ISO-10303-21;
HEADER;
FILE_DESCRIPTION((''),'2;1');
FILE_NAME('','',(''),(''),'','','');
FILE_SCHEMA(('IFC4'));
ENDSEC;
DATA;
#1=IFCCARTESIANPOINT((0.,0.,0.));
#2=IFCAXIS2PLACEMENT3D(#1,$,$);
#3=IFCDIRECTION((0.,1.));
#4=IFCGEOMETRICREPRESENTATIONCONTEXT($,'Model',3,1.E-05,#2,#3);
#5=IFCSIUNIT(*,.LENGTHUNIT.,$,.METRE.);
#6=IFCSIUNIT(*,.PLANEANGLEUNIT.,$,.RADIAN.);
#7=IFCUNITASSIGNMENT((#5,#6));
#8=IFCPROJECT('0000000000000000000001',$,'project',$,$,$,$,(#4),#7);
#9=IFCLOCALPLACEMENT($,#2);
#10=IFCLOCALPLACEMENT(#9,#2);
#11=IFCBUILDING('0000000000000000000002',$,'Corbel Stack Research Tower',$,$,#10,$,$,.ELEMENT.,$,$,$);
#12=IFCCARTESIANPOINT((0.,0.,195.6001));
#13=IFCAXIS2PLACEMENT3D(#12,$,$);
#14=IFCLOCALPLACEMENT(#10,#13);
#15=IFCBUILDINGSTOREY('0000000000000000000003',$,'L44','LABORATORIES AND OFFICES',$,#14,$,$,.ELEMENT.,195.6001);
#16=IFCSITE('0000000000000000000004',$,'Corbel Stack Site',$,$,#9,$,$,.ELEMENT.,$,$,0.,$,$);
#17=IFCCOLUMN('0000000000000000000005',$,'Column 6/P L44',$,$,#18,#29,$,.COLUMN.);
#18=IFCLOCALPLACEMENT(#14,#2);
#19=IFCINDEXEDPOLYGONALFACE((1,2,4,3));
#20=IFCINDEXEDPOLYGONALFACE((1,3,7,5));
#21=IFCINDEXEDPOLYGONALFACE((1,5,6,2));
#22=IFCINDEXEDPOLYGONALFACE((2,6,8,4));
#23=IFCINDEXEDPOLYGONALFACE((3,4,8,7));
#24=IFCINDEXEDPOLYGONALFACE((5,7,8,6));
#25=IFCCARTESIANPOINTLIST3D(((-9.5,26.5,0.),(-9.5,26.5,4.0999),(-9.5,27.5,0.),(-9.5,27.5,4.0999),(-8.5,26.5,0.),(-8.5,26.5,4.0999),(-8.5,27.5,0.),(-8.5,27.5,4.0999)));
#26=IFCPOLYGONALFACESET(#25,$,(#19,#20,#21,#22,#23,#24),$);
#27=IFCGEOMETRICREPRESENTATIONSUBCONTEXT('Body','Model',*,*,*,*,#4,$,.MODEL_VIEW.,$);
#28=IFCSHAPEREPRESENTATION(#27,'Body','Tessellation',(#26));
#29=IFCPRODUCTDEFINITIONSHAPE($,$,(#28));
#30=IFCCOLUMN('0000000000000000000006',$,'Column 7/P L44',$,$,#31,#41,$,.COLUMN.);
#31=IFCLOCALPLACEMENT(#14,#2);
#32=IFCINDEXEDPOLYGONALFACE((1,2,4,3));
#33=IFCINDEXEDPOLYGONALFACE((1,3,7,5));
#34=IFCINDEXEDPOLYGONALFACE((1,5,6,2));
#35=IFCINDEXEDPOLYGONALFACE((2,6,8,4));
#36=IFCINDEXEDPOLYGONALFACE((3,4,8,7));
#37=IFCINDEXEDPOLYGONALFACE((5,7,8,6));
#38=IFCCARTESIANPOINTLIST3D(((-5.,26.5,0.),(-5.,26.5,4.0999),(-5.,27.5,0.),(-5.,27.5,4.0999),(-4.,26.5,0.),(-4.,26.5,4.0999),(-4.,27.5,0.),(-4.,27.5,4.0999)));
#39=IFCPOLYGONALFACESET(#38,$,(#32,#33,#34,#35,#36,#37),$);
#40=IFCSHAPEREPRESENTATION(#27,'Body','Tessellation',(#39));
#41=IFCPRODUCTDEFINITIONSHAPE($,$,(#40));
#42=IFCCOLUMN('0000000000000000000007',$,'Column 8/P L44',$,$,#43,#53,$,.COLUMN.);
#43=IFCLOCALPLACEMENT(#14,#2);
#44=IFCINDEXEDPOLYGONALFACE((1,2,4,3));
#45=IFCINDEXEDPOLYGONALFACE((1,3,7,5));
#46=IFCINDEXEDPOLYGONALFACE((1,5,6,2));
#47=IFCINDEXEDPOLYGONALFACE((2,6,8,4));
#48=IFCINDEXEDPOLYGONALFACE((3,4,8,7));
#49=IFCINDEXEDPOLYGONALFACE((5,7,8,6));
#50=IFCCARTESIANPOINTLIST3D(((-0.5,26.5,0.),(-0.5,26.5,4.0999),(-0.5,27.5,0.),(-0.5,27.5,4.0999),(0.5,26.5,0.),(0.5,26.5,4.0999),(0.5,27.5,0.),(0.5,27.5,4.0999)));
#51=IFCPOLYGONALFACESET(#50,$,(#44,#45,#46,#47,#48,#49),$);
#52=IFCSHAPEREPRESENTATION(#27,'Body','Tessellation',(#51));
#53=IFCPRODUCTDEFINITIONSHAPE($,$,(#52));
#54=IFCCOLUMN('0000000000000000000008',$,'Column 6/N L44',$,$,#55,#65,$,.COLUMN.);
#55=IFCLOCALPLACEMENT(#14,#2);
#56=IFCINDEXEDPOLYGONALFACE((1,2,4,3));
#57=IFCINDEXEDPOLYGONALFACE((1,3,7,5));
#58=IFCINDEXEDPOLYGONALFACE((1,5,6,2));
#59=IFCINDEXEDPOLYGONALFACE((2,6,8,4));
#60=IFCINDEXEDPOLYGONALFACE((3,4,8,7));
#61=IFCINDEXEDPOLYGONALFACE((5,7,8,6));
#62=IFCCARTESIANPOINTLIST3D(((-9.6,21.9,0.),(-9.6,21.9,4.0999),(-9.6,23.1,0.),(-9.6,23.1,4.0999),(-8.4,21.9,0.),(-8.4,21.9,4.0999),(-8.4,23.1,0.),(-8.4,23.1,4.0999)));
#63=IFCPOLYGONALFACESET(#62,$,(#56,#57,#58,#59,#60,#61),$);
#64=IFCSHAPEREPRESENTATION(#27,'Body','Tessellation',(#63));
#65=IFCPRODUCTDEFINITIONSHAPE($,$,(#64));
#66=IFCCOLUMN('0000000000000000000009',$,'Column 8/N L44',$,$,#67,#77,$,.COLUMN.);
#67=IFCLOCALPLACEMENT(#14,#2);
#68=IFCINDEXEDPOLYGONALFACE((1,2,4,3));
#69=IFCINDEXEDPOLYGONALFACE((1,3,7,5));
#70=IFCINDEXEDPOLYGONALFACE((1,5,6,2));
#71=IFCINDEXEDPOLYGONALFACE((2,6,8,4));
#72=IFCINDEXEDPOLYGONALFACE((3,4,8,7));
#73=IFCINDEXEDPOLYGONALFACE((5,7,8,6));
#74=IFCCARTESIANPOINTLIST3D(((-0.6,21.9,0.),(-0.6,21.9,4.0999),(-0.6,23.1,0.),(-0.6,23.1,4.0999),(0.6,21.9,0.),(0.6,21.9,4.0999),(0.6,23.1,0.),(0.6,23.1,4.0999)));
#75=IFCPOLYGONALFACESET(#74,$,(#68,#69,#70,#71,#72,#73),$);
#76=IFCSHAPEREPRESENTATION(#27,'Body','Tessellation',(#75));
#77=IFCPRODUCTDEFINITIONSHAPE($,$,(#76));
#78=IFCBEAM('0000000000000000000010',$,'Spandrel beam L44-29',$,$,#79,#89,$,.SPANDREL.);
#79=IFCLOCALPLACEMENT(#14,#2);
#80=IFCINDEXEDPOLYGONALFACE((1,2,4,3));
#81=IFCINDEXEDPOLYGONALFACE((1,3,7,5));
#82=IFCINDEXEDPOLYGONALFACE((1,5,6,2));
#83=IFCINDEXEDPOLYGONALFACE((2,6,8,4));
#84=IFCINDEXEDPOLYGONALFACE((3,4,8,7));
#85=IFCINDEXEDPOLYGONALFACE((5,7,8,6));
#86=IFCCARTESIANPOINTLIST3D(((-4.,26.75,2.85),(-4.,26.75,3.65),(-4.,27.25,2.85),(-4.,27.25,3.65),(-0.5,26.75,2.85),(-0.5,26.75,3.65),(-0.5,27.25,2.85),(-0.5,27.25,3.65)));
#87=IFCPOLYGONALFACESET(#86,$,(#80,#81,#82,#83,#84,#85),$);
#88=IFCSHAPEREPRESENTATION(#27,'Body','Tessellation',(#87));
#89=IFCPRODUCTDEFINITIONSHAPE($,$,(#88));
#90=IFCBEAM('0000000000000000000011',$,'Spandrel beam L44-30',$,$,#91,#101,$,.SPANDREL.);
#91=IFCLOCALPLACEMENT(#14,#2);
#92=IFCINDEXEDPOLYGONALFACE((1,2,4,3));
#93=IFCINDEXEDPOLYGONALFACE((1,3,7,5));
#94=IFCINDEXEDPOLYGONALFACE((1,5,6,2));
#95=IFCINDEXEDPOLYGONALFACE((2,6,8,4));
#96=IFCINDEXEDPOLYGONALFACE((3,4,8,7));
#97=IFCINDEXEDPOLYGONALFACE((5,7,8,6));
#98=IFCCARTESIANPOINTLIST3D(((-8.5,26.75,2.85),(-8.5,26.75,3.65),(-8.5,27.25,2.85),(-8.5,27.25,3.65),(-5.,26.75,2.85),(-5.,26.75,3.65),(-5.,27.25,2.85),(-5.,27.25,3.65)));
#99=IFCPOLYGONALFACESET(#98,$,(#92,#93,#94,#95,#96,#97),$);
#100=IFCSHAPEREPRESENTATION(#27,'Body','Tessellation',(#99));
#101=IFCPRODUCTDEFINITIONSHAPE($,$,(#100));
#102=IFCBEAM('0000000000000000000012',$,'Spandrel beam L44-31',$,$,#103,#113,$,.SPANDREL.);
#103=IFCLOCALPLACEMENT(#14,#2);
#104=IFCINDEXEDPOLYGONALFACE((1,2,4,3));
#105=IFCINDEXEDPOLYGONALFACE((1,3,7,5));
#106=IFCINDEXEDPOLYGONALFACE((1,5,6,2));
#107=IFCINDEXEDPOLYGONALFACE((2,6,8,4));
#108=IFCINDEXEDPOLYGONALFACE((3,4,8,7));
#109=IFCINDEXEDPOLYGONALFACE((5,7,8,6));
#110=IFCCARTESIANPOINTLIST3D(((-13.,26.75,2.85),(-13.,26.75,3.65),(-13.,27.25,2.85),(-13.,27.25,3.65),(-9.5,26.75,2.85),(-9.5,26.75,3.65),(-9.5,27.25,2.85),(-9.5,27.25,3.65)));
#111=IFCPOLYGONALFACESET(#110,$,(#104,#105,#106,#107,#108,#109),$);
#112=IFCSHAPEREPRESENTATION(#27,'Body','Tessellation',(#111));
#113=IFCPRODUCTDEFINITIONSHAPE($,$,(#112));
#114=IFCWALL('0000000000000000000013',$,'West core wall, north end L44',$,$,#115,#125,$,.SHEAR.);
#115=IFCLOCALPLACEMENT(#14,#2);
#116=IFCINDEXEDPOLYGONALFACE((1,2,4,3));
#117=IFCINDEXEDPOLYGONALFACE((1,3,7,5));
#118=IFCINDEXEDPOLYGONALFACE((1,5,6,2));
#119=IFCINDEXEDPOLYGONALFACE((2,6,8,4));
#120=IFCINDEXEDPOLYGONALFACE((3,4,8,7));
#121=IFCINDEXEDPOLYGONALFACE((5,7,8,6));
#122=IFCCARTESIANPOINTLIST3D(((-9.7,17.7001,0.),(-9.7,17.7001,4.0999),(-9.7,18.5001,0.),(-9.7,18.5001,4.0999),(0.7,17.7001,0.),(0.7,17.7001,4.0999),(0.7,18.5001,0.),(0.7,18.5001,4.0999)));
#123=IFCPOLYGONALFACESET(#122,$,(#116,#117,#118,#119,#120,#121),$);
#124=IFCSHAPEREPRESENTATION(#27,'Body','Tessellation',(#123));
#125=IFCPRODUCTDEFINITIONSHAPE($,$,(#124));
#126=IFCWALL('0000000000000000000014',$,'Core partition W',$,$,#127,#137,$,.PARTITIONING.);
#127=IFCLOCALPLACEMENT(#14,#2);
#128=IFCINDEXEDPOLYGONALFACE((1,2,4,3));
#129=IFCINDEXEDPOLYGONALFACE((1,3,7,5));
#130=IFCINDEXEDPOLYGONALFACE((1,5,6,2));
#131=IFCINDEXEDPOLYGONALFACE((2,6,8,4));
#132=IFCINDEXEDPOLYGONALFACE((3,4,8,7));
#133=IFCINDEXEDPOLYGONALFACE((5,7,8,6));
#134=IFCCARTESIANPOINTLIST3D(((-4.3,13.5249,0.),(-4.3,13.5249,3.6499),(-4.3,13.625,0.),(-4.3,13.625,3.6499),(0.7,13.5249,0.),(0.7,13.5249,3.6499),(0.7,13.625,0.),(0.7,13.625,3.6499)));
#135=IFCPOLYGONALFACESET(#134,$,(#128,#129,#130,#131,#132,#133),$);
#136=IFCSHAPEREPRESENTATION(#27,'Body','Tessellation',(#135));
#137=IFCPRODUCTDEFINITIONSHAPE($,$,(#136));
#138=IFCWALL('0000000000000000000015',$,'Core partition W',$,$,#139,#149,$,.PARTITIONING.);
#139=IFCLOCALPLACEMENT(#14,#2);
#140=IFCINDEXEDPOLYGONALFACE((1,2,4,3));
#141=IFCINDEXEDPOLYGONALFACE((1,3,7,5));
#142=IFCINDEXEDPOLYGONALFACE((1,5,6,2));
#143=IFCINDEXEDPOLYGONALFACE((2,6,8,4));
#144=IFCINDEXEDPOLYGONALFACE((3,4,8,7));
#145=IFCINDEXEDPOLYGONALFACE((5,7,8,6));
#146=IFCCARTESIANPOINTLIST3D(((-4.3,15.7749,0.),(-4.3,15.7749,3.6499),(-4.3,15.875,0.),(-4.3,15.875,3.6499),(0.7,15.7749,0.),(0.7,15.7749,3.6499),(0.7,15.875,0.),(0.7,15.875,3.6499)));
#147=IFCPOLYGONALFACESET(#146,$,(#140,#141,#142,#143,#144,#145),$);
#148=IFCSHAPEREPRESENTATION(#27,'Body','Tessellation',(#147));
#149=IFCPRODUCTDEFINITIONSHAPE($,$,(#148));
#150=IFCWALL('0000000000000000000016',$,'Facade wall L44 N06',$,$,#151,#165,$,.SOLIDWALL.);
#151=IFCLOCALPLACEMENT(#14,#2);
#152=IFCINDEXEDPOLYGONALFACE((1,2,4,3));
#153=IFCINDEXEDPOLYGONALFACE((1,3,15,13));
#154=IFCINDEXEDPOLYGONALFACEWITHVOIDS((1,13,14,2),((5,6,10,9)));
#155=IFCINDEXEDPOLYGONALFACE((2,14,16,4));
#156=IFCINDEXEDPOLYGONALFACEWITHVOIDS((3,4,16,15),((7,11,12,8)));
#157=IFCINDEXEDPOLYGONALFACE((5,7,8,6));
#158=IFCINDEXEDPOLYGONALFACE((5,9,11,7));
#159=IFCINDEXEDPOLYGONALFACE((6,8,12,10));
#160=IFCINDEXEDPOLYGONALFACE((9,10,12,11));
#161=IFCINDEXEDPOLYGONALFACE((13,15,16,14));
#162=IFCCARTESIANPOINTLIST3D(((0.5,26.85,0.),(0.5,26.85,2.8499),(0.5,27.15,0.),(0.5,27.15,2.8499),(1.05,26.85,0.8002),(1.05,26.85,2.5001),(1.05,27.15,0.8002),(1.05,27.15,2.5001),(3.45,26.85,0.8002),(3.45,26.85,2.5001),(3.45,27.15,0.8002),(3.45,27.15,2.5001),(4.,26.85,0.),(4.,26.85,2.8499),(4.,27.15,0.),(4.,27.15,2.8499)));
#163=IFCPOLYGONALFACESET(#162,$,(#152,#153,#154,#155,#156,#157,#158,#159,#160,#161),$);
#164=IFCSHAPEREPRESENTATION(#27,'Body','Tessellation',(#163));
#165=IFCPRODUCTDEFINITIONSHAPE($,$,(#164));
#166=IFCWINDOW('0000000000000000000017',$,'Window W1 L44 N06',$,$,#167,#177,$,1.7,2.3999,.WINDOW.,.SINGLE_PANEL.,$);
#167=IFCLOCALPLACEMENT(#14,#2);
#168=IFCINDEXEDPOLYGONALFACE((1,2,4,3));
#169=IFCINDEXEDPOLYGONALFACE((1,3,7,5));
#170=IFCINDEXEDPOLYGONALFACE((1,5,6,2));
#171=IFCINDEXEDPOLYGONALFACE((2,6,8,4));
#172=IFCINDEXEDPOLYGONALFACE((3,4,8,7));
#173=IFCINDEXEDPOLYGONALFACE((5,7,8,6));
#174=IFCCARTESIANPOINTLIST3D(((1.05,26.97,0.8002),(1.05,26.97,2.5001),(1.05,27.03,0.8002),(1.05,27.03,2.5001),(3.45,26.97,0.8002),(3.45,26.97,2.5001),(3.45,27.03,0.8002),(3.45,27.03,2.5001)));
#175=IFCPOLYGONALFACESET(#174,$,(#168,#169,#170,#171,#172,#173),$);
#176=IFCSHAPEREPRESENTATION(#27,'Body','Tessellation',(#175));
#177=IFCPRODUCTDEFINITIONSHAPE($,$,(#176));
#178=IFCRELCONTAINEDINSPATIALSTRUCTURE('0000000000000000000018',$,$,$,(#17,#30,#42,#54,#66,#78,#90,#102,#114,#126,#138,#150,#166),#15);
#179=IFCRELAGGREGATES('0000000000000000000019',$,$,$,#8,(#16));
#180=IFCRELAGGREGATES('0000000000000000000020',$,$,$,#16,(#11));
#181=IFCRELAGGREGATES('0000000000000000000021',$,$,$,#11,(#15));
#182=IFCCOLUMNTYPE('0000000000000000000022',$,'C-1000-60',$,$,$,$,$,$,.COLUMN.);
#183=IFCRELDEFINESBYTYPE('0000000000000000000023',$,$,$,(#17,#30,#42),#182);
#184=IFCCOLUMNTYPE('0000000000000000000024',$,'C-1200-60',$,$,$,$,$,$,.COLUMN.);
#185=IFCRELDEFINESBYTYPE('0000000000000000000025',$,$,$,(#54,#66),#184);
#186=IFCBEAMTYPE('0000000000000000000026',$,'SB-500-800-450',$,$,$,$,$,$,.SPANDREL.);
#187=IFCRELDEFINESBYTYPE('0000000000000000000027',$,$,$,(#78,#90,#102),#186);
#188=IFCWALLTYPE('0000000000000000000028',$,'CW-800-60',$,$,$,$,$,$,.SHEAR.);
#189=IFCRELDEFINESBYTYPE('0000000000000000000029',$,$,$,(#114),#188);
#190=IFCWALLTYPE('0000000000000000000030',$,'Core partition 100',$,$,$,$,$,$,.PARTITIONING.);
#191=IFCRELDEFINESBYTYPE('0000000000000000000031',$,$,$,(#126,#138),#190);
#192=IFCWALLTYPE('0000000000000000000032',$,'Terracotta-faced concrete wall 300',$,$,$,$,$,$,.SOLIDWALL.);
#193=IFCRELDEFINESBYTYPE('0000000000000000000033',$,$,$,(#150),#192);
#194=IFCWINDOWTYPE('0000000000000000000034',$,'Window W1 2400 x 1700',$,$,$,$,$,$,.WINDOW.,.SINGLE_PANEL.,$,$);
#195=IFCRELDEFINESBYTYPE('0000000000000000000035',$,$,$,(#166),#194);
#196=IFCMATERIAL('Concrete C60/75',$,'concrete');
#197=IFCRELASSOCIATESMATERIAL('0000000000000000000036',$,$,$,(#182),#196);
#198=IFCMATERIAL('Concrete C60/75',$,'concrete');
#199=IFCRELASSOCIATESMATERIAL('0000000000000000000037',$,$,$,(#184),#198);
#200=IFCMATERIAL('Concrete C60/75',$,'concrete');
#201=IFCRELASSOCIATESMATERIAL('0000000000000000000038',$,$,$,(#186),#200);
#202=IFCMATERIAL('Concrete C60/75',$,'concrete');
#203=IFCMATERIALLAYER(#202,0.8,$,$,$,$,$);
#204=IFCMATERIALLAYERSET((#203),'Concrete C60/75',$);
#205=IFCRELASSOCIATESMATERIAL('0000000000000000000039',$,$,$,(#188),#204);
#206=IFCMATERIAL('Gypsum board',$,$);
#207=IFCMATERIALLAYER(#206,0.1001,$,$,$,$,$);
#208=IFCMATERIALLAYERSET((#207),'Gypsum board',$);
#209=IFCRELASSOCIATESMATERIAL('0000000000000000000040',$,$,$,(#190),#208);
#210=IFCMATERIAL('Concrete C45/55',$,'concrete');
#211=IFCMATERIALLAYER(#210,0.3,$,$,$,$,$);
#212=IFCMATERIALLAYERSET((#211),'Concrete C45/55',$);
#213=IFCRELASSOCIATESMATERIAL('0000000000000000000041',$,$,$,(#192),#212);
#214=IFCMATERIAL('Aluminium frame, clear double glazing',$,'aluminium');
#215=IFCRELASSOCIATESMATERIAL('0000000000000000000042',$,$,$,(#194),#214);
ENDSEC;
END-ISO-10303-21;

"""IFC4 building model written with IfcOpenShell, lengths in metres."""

from ifc_helpers import new_model, si_unit, direction, frame, frame_2d, origin, origin_2d, place, context, subcontext, project, spatial, rectangle, extrude, material, layer, layer_set, material_profile, profile_set, type_object, element, fill, save


model = new_model("IFC4")

# Units and contexts
model_context = context("Model", 3, precision=1e-05, world=origin(), true_north=direction((0.0, 1.0)))
body_context = subcontext(model_context, "Body", "Model", "MODEL_VIEW")
ifc_project = project(units=[si_unit("LENGTHUNIT", "METRE"), si_unit("PLANEANGLEUNIT", "RADIAN")], contexts=[model_context])

# Site, building, storey
site_placement = place(None, origin())
site = spatial("IfcSite", under=ifc_project, at=site_placement, Name="Corbel Stack Site", CompositionType="ELEMENT", RefElevation=0.0)
building_placement = place(site_placement, origin())
building = spatial("IfcBuilding", under=site, at=building_placement, Name="Corbel Stack Research Tower", CompositionType="ELEMENT")
storey_placement = place(building_placement, frame((0.0, 0.0, 195.6001)))
storey = spatial("IfcBuildingStorey", under=building, at=storey_placement, Name="L44", Description="LABORATORIES AND OFFICES", CompositionType="ELEMENT", Elevation=195.6001)

# Columns
ifc_material_1 = material(Name="Concrete C60/75", Category="concrete")
ifc_material_profile_1 = material_profile(ifc_material_1, rectangle(XDim=1.0, YDim=1.0, at=origin_2d()), Name="RC 1000 x 1000")
ifc_profile_set_1 = profile_set([ifc_material_profile_1], Name="Concrete C60/75")
column_type_1 = type_object("IfcColumnType", Name="C-1000-60", PredefinedType="COLUMN", material=ifc_profile_set_1)
for number, where, z_axis, x_axis, name in (
    (1, (-9.0, 27.0, 0.0), (0.0, 0.0, 1.0), (1.0, 0.0, 0.0), "Column 6/P L44"),
    (2, (-4.5, 27.0, 0.0), (0.0, 0.0, 1.0), (1.0, 0.0, 0.0), "Column 7/P L44"),
    (3, (0.0, 27.0, 0.0), (0.0, 0.0, 1.0), (1.0, 0.0, 0.0), "Column 8/P L44"),
):
    element("IfcColumn", number, at=place(storey_placement, frame(where, z_axis=z_axis, x_axis=x_axis)), inside=storey, type_object=column_type_1, Name=name, PredefinedType="COLUMN", context=body_context, shape_type="SweptSolid", body=[
        extrude(rectangle(XDim=1.0, YDim=1.0, at=origin_2d()), origin(), (0.0, 0.0, 1.0), 4.0999),
    ])
ifc_material_2 = material(Name="Concrete C60/75", Category="concrete")
ifc_material_profile_2 = material_profile(ifc_material_2, rectangle(XDim=1.2, YDim=1.2, at=origin_2d()), Name="RC 1200 x 1200")
ifc_profile_set_2 = profile_set([ifc_material_profile_2], Name="Concrete C60/75")
column_type_2 = type_object("IfcColumnType", Name="C-1200-60", PredefinedType="COLUMN", material=ifc_profile_set_2)
for number, where, z_axis, x_axis, name in (
    (4, (-9.0, 22.5, 0.0), (0.0, 0.0, 1.0), (1.0, 0.0, 0.0), "Column 6/N L44"),
    (5, (0.0, 22.5, 0.0), (0.0, 0.0, 1.0), (1.0, 0.0, 0.0), "Column 8/N L44"),
):
    element("IfcColumn", number, at=place(storey_placement, frame(where, z_axis=z_axis, x_axis=x_axis)), inside=storey, type_object=column_type_2, Name=name, PredefinedType="COLUMN", context=body_context, shape_type="SweptSolid", body=[
        extrude(rectangle(XDim=1.2, YDim=1.2, at=origin_2d()), origin(), (0.0, 0.0, 1.0), 4.0999),
    ])

# Beams
ifc_material_3 = material(Name="Concrete C60/75", Category="concrete")
ifc_material_profile_3 = material_profile(ifc_material_3, rectangle(XDim=0.5, YDim=0.8, at=origin_2d()), Name="RC 500 x 800")
ifc_profile_set_3 = profile_set([ifc_material_profile_3], Name="Concrete C60/75")
beam_type = type_object("IfcBeamType", Name="SB-500-800-450", PredefinedType="SPANDREL", material=ifc_profile_set_3)
for number, where, z_axis, x_axis, name in (
    (6, (-0.5, 27.0, 3.25), (-1.0, 0.0, 0.0), (0.0, -1.0, 0.0), "Spandrel beam L44-29"),
    (7, (-5.0, 27.0, 3.25), (-1.0, 0.0, 0.0), (0.0, -1.0, 0.0), "Spandrel beam L44-30"),
    (8, (-9.5, 27.0, 3.25), (-1.0, 0.0, 0.0), (0.0, -1.0, 0.0), "Spandrel beam L44-31"),
):
    element("IfcBeam", number, at=place(storey_placement, frame(where, z_axis=z_axis, x_axis=x_axis)), inside=storey, type_object=beam_type, Name=name, PredefinedType="SPANDREL", context=body_context, shape_type="SweptSolid", body=[
        extrude(rectangle(XDim=0.5, YDim=0.8, at=origin_2d()), origin(), (0.0, 0.0, 1.0), 3.5),
    ])

# Walls
ifc_material_4 = material(Name="Concrete C60/75", Category="concrete")
ifc_layer_1 = layer(ifc_material_4, 0.8)
ifc_layer_set_1 = layer_set([ifc_layer_1], Name="Concrete C60/75")
wall_type_1 = type_object("IfcWallType", Name="CW-800-60", PredefinedType="SHEAR", material=ifc_layer_set_1)
wall_1_placement = place(storey_placement, frame((-9.7, 18.1001, 0.0), z_axis=(0.0, 0.0, 1.0), x_axis=(1.0, 0.0, 0.0)))
element("IfcWall", 9, at=wall_1_placement, inside=storey, type_object=wall_type_1, Name="West core wall, north end L44", PredefinedType="SHEAR", context=body_context, shape_type="SweptSolid", body=[
    extrude(rectangle(XDim=10.3999, YDim=0.8, at=frame_2d((5.2, 0.0))), origin(), (0.0, 0.0, 1.0), 4.0999),
])
ifc_material_5 = material(Name="Gypsum board")
ifc_layer_2 = layer(ifc_material_5, 0.1001)
ifc_layer_set_2 = layer_set([ifc_layer_2], Name="Gypsum board")
wall_type_2 = type_object("IfcWallType", Name="Core partition 100", PredefinedType="PARTITIONING", material=ifc_layer_set_2)
for number, where, z_axis, x_axis, name in (
    (10, (-4.3, 13.575, 0.0), (0.0, 0.0, 1.0), (1.0, 0.0, 0.0), "Core partition W"),
    (11, (-4.3, 15.825, 0.0), (0.0, 0.0, 1.0), (1.0, 0.0, 0.0), "Core partition W"),
):
    element("IfcWall", number, at=place(storey_placement, frame(where, z_axis=z_axis, x_axis=x_axis)), inside=storey, type_object=wall_type_2, Name=name, PredefinedType="PARTITIONING", context=body_context, shape_type="SweptSolid", body=[
        extrude(rectangle(XDim=5.0, YDim=0.1001, at=frame_2d((2.5, 0.0))), origin(), (0.0, 0.0, 1.0), 3.6499),
    ])

# Wall, opening, window
ifc_material_6 = material(Name="Concrete C45/55", Category="concrete")
ifc_layer_3 = layer(ifc_material_6, 0.3)
ifc_layer_set_3 = layer_set([ifc_layer_3], Name="Concrete C45/55")
wall_type_3 = type_object("IfcWallType", Name="Terracotta-faced concrete wall 300", PredefinedType="SOLIDWALL", material=ifc_layer_set_3)
wall_2_placement = place(storey_placement, frame((0.5, 27.0, 0.0), z_axis=(0.0, 0.0, 1.0), x_axis=(1.0, 0.0, 0.0)))
wall_2 = element("IfcWall", 12, at=wall_2_placement, inside=storey, type_object=wall_type_3, Name="Facade wall L44 N06", PredefinedType="SOLIDWALL", context=body_context, shape_type="SweptSolid", body=[
    extrude(rectangle(XDim=3.5, YDim=0.3, at=frame_2d((1.75, 0.0))), origin(), (0.0, 0.0, 1.0), 2.8499),
])
opening_1_placement = place(wall_2_placement, frame((0.55, 0.0, 0.8)))
opening_1 = element("IfcOpeningElement", 13, at=opening_1_placement, cuts=wall_2, PredefinedType="OPENING", context=body_context, shape_type="SweptSolid", body=[
    extrude(rectangle(XDim=2.3999, YDim=1.7, at=frame_2d((1.2, 0.8501))), frame((0.0, 0.1599, 0.0), z_axis=(0.0, -1.0, 0.0), x_axis=(1.0, 0.0, 0.0)), (0.0, 0.0, 1.0), 0.3201),
])
ifc_material_7 = material(Name="Aluminium frame, clear double glazing", Category="aluminium")
window_type = type_object("IfcWindowType", Name="Window W1 2400 x 1700", PartitioningType="SINGLE_PANEL", PredefinedType="WINDOW", material=ifc_material_7)
window_1_placement = place(opening_1_placement, origin())
window_1 = element("IfcWindow", 14, at=window_1_placement, inside=storey, type_object=window_type, Name="Window W1 L44 N06", OverallHeight=1.7, OverallWidth=2.3999, PartitioningType="SINGLE_PANEL", PredefinedType="WINDOW", context=body_context, shape_type="SweptSolid", body=[
    extrude(rectangle(XDim=2.3999, YDim=1.7, at=frame_2d((1.2, 0.8501))), frame((0.0, 0.03, 0.0), z_axis=(0.0, -1.0, 0.0), x_axis=(1.0, 0.0, 0.0)), (0.0, 0.0, 1.0), 0.0601),
])
fill(opening_1, window_1)

save(model, "model.ifc")
